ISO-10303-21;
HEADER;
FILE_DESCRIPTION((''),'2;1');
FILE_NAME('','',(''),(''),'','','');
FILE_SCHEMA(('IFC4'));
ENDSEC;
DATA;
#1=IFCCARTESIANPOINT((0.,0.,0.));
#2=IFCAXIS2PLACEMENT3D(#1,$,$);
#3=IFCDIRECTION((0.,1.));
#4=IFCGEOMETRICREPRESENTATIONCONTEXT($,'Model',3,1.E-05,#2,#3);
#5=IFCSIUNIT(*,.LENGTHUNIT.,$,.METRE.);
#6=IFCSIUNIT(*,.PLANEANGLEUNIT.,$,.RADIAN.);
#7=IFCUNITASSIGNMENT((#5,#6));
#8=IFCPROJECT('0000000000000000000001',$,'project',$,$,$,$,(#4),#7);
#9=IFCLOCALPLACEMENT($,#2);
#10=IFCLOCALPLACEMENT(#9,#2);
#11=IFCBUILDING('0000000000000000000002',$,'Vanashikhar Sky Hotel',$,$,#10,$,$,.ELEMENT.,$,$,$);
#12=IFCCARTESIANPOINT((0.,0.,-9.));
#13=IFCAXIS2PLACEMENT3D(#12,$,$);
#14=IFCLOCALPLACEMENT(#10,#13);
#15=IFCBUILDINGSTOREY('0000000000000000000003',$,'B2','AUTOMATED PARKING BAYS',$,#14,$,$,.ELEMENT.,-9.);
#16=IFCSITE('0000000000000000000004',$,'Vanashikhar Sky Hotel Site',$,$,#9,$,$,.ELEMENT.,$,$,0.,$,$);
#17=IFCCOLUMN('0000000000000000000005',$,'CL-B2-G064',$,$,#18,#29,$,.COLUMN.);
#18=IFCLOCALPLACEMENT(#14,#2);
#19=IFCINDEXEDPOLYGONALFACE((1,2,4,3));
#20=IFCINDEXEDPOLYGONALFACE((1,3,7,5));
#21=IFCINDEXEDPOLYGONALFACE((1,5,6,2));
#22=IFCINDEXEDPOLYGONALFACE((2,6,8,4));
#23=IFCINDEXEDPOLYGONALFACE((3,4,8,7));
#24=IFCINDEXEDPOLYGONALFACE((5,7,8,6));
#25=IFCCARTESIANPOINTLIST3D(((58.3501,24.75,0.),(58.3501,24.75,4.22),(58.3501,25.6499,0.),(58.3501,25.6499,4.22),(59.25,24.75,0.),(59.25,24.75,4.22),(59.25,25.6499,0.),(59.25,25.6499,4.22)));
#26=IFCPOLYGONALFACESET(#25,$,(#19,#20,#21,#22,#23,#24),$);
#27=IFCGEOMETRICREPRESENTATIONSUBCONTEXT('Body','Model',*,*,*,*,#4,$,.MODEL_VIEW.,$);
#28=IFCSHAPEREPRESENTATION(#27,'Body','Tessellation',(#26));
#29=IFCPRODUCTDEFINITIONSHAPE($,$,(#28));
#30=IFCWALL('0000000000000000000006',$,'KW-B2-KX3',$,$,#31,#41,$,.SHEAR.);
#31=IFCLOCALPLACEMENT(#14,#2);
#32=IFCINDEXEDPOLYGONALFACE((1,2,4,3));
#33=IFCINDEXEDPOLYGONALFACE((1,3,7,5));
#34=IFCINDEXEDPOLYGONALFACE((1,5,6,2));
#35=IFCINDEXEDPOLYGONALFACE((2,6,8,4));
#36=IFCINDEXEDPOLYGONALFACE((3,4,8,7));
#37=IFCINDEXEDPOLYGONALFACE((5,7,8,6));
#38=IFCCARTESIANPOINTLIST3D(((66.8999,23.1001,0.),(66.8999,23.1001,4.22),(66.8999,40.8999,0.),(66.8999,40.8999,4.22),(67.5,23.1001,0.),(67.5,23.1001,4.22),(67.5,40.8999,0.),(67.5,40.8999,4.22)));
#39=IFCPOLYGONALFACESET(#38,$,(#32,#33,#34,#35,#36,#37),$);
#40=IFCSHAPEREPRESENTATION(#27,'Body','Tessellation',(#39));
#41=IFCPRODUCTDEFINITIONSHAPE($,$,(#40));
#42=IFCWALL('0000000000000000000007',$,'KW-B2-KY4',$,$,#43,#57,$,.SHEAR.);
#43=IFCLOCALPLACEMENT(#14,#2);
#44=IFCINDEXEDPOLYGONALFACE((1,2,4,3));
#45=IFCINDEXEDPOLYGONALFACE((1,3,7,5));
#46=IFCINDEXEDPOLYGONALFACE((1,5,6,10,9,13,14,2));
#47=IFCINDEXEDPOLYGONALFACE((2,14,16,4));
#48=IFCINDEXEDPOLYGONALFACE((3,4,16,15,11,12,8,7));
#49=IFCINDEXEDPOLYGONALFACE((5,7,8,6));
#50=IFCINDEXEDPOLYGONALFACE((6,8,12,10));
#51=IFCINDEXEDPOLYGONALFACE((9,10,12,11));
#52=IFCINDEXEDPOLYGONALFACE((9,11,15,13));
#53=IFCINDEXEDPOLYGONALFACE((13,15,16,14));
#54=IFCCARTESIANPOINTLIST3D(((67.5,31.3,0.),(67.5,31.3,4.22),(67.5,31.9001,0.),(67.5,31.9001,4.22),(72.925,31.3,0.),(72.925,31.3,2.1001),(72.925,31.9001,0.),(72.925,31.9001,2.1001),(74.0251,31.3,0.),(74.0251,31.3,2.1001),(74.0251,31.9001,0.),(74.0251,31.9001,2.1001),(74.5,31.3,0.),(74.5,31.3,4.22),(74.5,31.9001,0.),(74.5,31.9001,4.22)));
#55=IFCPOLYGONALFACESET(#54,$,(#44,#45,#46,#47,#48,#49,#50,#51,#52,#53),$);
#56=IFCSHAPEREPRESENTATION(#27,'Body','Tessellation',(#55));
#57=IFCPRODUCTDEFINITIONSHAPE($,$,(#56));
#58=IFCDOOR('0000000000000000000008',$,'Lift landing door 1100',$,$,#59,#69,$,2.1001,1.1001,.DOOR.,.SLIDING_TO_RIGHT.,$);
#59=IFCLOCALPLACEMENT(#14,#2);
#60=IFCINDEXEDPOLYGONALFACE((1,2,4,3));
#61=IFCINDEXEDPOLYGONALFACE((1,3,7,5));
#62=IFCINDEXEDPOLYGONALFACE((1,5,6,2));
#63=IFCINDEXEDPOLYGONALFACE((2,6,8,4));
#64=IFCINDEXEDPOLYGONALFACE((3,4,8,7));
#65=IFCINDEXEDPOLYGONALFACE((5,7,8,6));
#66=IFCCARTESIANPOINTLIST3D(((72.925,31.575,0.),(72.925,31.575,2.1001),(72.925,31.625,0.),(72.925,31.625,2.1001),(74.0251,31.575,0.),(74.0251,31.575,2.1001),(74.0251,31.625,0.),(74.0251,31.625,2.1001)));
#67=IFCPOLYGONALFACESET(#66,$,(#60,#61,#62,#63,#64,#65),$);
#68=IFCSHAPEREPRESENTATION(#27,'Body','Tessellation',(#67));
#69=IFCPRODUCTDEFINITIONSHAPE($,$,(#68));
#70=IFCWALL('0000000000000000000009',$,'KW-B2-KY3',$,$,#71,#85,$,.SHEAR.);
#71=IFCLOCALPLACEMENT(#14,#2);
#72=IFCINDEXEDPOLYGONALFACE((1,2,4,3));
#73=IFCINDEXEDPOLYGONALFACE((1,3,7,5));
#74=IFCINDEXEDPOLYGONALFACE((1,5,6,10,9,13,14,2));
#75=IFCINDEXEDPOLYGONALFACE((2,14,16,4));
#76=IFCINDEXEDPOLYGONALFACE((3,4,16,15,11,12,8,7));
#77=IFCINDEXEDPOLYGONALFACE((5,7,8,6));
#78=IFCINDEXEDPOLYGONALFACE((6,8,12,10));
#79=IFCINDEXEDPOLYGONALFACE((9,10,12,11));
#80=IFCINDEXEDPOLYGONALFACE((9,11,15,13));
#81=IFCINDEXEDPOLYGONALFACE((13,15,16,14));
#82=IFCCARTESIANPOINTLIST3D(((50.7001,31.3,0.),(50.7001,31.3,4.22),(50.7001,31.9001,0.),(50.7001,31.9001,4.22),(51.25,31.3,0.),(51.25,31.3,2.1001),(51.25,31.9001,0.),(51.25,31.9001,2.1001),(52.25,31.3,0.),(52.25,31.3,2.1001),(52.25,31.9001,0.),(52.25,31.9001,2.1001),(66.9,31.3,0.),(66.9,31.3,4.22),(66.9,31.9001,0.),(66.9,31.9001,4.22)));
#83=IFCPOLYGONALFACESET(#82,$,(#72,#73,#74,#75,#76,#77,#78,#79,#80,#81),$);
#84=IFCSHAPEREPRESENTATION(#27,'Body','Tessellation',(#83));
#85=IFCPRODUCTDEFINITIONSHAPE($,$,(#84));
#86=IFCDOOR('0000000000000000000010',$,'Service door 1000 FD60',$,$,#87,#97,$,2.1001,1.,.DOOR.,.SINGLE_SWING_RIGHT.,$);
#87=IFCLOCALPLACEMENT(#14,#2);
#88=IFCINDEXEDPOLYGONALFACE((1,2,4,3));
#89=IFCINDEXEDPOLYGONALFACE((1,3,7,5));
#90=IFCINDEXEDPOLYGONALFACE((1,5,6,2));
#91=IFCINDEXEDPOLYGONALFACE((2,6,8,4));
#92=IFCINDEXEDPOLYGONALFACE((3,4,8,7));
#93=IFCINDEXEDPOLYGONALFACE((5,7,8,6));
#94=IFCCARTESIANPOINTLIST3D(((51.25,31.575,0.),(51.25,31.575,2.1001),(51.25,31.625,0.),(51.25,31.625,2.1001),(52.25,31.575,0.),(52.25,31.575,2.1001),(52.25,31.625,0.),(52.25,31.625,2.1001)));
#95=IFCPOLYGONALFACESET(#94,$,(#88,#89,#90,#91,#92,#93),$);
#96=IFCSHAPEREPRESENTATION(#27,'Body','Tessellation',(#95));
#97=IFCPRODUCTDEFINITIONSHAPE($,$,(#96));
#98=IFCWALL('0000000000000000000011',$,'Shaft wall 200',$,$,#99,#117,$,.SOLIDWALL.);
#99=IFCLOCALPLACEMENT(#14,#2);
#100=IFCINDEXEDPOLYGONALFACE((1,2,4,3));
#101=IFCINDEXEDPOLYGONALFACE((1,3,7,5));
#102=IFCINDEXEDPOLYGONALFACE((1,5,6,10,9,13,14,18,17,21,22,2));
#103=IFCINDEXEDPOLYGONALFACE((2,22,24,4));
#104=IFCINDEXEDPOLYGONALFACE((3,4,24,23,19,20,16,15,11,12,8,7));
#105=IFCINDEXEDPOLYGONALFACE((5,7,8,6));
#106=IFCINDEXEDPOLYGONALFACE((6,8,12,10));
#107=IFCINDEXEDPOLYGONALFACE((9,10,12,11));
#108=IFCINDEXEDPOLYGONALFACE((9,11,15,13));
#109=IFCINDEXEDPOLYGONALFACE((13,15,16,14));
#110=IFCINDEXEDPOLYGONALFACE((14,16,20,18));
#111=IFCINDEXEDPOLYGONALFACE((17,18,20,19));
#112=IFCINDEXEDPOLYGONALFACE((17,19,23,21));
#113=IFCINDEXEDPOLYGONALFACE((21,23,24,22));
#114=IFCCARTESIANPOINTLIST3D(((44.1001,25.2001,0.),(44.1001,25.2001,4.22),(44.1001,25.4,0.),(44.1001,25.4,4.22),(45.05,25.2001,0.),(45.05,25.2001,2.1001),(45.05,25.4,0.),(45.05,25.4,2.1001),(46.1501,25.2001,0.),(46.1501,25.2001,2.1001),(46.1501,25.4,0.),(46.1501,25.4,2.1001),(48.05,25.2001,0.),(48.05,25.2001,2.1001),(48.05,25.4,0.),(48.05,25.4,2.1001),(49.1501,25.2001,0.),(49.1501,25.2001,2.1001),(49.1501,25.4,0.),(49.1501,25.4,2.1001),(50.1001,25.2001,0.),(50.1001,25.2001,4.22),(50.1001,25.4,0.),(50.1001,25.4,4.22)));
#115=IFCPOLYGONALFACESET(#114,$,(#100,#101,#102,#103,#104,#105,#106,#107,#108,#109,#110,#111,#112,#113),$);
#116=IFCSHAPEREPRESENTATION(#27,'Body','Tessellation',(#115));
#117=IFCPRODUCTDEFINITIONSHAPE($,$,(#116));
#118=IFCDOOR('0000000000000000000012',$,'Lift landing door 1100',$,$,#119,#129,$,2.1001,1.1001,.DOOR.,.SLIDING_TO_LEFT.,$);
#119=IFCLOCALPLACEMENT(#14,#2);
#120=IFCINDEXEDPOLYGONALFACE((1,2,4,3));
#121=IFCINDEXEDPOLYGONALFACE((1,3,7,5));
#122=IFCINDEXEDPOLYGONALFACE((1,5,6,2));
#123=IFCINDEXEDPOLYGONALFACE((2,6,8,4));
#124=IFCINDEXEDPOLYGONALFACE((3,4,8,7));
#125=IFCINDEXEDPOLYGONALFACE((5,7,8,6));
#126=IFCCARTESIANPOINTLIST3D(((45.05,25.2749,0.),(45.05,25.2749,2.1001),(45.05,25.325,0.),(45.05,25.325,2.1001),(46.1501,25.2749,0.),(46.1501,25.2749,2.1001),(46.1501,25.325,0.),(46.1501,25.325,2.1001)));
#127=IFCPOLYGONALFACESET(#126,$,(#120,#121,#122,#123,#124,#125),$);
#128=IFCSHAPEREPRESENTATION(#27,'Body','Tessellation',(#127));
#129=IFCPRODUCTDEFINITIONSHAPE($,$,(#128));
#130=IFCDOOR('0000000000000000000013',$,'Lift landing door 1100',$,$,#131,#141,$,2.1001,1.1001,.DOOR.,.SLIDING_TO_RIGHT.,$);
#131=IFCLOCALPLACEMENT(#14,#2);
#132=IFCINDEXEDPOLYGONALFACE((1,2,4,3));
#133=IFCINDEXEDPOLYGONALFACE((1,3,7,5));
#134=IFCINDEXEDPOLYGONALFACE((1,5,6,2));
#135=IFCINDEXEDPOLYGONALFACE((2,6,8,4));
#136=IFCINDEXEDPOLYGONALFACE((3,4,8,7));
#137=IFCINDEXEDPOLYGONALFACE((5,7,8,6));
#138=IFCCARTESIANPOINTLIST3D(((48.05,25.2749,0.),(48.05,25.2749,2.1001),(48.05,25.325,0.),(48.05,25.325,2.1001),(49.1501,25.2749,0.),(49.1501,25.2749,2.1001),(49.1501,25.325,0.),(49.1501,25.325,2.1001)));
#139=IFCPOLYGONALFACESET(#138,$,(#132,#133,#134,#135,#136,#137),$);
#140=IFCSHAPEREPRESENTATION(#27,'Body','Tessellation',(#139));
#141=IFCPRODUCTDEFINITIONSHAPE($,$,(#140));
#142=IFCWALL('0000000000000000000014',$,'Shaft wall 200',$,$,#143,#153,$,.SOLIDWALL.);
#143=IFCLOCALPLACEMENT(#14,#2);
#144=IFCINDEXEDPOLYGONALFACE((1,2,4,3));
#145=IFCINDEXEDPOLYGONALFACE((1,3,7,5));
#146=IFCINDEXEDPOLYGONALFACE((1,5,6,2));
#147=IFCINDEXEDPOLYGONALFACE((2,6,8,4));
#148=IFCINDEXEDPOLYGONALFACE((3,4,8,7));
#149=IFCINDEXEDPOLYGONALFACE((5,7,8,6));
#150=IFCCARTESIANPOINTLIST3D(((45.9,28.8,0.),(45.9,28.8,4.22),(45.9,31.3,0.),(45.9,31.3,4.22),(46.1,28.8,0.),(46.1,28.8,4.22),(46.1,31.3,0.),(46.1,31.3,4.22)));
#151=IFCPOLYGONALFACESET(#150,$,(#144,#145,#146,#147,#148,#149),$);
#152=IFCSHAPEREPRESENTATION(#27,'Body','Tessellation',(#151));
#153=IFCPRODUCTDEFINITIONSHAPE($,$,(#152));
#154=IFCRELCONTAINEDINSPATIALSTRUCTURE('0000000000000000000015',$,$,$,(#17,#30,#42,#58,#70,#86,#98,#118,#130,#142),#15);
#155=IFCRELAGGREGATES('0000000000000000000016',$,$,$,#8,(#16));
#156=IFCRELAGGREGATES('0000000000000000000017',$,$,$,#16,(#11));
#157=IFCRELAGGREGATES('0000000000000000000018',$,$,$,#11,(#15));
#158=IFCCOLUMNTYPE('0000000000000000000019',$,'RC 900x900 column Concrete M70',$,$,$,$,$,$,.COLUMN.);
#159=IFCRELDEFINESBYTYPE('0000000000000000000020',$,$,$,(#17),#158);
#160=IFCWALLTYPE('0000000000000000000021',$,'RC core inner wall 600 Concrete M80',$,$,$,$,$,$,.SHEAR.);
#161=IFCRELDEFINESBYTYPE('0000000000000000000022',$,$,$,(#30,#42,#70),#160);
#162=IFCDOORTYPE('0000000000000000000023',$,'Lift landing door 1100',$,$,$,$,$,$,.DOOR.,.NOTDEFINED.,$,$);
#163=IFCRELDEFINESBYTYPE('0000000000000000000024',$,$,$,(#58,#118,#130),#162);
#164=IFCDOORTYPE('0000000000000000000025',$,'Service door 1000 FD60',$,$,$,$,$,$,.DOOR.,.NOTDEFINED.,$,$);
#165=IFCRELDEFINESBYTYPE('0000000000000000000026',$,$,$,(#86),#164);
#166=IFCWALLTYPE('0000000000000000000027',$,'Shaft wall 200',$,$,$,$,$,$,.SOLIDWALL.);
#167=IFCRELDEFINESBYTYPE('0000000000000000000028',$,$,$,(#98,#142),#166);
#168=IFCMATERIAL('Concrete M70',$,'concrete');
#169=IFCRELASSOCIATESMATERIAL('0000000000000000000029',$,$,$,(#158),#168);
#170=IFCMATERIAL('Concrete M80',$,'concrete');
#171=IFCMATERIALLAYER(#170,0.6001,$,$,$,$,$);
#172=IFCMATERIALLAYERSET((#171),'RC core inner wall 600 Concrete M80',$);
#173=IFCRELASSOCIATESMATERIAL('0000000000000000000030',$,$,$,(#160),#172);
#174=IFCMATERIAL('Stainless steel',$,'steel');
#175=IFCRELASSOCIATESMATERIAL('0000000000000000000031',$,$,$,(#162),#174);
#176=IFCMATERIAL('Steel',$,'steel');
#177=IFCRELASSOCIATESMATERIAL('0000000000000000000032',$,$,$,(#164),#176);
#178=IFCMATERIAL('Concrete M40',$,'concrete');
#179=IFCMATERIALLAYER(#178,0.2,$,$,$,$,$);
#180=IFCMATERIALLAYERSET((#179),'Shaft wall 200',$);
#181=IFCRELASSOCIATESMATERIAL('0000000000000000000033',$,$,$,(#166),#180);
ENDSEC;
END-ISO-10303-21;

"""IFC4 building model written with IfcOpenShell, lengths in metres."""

from ifc_helpers import new_model, si_unit, direction, frame, frame_2d, origin, origin_2d, place, context, subcontext, project, spatial, rectangle, extrude, source, transform, mapped, material, layer, layer_set, material_profile, profile_set, type_object, element, fill, save


model = new_model("IFC4")

# Units and contexts
model_context = context("Model", 3, precision=1e-05, world=origin(), true_north=direction((0.0, 1.0)))
body_context = subcontext(model_context, "Body", "Model", "MODEL_VIEW")
ifc_project = project(units=[si_unit("LENGTHUNIT", "METRE"), si_unit("PLANEANGLEUNIT", "RADIAN")], contexts=[model_context])

# Site, building, storey
site_placement = place(None, origin())
site = spatial("IfcSite", under=ifc_project, at=site_placement, Name="Vanashikhar Sky Hotel Site", CompositionType="ELEMENT", RefElevation=0.0)
building_placement = place(site_placement, origin())
building = spatial("IfcBuilding", under=site, at=building_placement, Name="Vanashikhar Sky Hotel", CompositionType="ELEMENT")
storey_placement = place(building_placement, frame((0.0, 0.0, -9.0)))
storey = spatial("IfcBuildingStorey", under=building, at=storey_placement, Name="B2", Description="AUTOMATED PARKING BAYS", CompositionType="ELEMENT", Elevation=-9.0)

# Column
ifc_material_1 = material(Name="Concrete M70", Category="concrete")
ifc_material_profile = material_profile(ifc_material_1, rectangle(XDim=0.8999, YDim=0.8999, at=origin_2d()))
ifc_profile_set = profile_set([ifc_material_profile], Name="RC 900x900 column Concrete M70")
column_type = type_object("IfcColumnType", Name="RC 900x900 column Concrete M70", PredefinedType="COLUMN", material=ifc_profile_set)
shared_shape_1 = source(origin(), body_context, "Body", "SweptSolid", [
    extrude(rectangle(XDim=0.8999, YDim=0.8999, at=origin_2d()), origin(), (0.0, 0.0, 1.0), 4.22),
])
column_placement = place(storey_placement, frame((58.8, 25.2, 0.0), z_axis=(0.0, 0.0, 1.0), x_axis=(1.0, 0.0, 0.0)))
element("IfcColumn", 1, at=column_placement, inside=storey, type_object=column_type, Name="CL-B2-G064", PredefinedType="COLUMN", context=body_context, shape_type="MappedRepresentation", body=[
    mapped(shared_shape_1, transform((0.0, 0.0, 0.0), scale=1.0)),
])

# Wall
ifc_material_2 = material(Name="Concrete M80", Category="concrete")
ifc_layer_1 = layer(ifc_material_2, 0.6001)
ifc_layer_set_1 = layer_set([ifc_layer_1], Name="RC core inner wall 600 Concrete M80")
wall_type_1 = type_object("IfcWallType", Name="RC core inner wall 600 Concrete M80", PredefinedType="SHEAR", material=ifc_layer_set_1)
shared_shape_2 = source(origin(), body_context, "Body", "SweptSolid", [
    extrude(rectangle(XDim=17.7998, YDim=0.6001, at=frame_2d((8.8999, 0.0))), origin(), (0.0, 0.0, 1.0), 4.22),
])
wall_1_placement = place(storey_placement, frame((67.2, 23.1001, 0.0), z_axis=(0.0, 0.0, 1.0), x_axis=(0.0, 1.0, 0.0)))
element("IfcWall", 2, at=wall_1_placement, inside=storey, type_object=wall_type_1, Name="KW-B2-KX3", PredefinedType="SHEAR", context=body_context, shape_type="MappedRepresentation", body=[
    mapped(shared_shape_2, transform((0.0, 0.0, 0.0), scale=1.0)),
])

# Walls, openings, doors
shared_shape_3 = source(origin(), body_context, "Body", "SweptSolid", [
    extrude(rectangle(XDim=7.0, YDim=0.6001, at=frame_2d((3.5, 0.0))), origin(), (0.0, 0.0, 1.0), 4.22),
])
wall_2_placement = place(storey_placement, frame((67.5, 31.6001, 0.0), z_axis=(0.0, 0.0, 1.0), x_axis=(1.0, 0.0, 0.0)))
wall_2 = element("IfcWall", 3, at=wall_2_placement, inside=storey, type_object=wall_type_1, Name="KW-B2-KY4", PredefinedType="SHEAR", context=body_context, shape_type="MappedRepresentation", body=[
    mapped(shared_shape_3, transform((0.0, 0.0, 0.0), scale=1.0)),
])
shared_shape_4 = source(origin(), body_context, "Body", "SweptSolid", [
    extrude(rectangle(XDim=1.1001, YDim=2.1001, at=frame_2d((0.55, 1.05))), frame((0.0, 0.3101, 0.0), z_axis=(0.0, -1.0, 0.0), x_axis=(1.0, 0.0, 0.0)), (0.0, 0.0, 1.0), 0.6201),
])
opening_1_placement = place(wall_2_placement, frame((5.425, 0.0, 0.0)))
opening_1 = element("IfcOpeningElement", 4, at=opening_1_placement, cuts=wall_2, PredefinedType="OPENING", context=body_context, shape_type="MappedRepresentation", body=[
    mapped(shared_shape_4, transform((0.0, 0.0, 0.0), scale=1.0)),
])
ifc_material_3 = material(Name="Stainless steel", Category="steel")
door_type_1 = type_object("IfcDoorType", Name="Lift landing door 1100", OperationType="NOTDEFINED", PredefinedType="DOOR", material=ifc_material_3)
shared_shape_5 = source(origin(), body_context, "Body", "SweptSolid", [
    extrude(rectangle(XDim=1.1001, YDim=2.1001, at=frame_2d((0.55, 1.05))), frame((0.0, 0.0249, 0.0), z_axis=(0.0, -1.0, 0.0), x_axis=(1.0, 0.0, 0.0)), (0.0, 0.0, 1.0), 0.05),
])
door_1_placement = place(opening_1_placement, origin())
door_1 = element("IfcDoor", 5, at=door_1_placement, inside=storey, type_object=door_type_1, Name="Lift landing door 1100", OperationType="SLIDING_TO_RIGHT", OverallHeight=2.1001, OverallWidth=1.1001, PredefinedType="DOOR", context=body_context, shape_type="MappedRepresentation", body=[
    mapped(shared_shape_5, transform((0.0, 0.0, 0.0), scale=1.0)),
])
fill(opening_1, door_1)
shared_shape_6 = source(origin(), body_context, "Body", "SweptSolid", [
    extrude(rectangle(XDim=16.2, YDim=0.6001, at=frame_2d((8.1001, 0.0))), origin(), (0.0, 0.0, 1.0), 4.22),
])
wall_3_placement = place(storey_placement, frame((50.7, 31.6001, 0.0), z_axis=(0.0, 0.0, 1.0), x_axis=(1.0, 0.0, 0.0)))
wall_3 = element("IfcWall", 6, at=wall_3_placement, inside=storey, type_object=wall_type_1, Name="KW-B2-KY3", PredefinedType="SHEAR", context=body_context, shape_type="MappedRepresentation", body=[
    mapped(shared_shape_6, transform((0.0, 0.0, 0.0), scale=1.0)),
])
shared_shape_7 = source(origin(), body_context, "Body", "SweptSolid", [
    extrude(rectangle(XDim=1.0, YDim=2.1001, at=frame_2d((0.5, 1.05))), frame((0.0, 0.3101, 0.0), z_axis=(0.0, -1.0, 0.0), x_axis=(1.0, 0.0, 0.0)), (0.0, 0.0, 1.0), 0.6201),
])
opening_2_placement = place(wall_3_placement, frame((0.55, 0.0, 0.0)))
opening_2 = element("IfcOpeningElement", 7, at=opening_2_placement, cuts=wall_3, PredefinedType="OPENING", context=body_context, shape_type="MappedRepresentation", body=[
    mapped(shared_shape_7, transform((0.0, 0.0, 0.0), scale=1.0)),
])
ifc_material_4 = material(Name="Steel", Category="steel")
door_type_2 = type_object("IfcDoorType", Name="Service door 1000 FD60", OperationType="NOTDEFINED", PredefinedType="DOOR", material=ifc_material_4)
shared_shape_8 = source(origin(), body_context, "Body", "SweptSolid", [
    extrude(rectangle(XDim=1.0, YDim=2.1001, at=frame_2d((0.5, 1.05))), frame((0.0, 0.0249, 0.0), z_axis=(0.0, -1.0, 0.0), x_axis=(1.0, 0.0, 0.0)), (0.0, 0.0, 1.0), 0.05),
])
door_2_placement = place(opening_2_placement, origin())
door_2 = element("IfcDoor", 8, at=door_2_placement, inside=storey, type_object=door_type_2, Name="Service door 1000 FD60", OperationType="SINGLE_SWING_RIGHT", OverallHeight=2.1001, OverallWidth=1.0, PredefinedType="DOOR", context=body_context, shape_type="MappedRepresentation", body=[
    mapped(shared_shape_8, transform((0.0, 0.0, 0.0), scale=1.0)),
])
fill(opening_2, door_2)

# Wall, openings, doors
ifc_material_5 = material(Name="Concrete M40", Category="concrete")
ifc_layer_2 = layer(ifc_material_5, 0.2)
ifc_layer_set_2 = layer_set([ifc_layer_2], Name="Shaft wall 200")
wall_type_2 = type_object("IfcWallType", Name="Shaft wall 200", PredefinedType="SOLIDWALL", material=ifc_layer_set_2)
shared_shape_9 = source(origin(), body_context, "Body", "SweptSolid", [
    extrude(rectangle(XDim=6.0, YDim=0.2, at=frame_2d((3.0, 0.0))), origin(), (0.0, 0.0, 1.0), 4.22),
])
wall_4_placement = place(storey_placement, frame((44.1001, 25.3, 0.0), z_axis=(0.0, 0.0, 1.0), x_axis=(1.0, 0.0, 0.0)))
wall_4 = element("IfcWall", 9, at=wall_4_placement, inside=storey, type_object=wall_type_2, Name="Shaft wall 200", PredefinedType="SOLIDWALL", context=body_context, shape_type="MappedRepresentation", body=[
    mapped(shared_shape_9, transform((0.0, 0.0, 0.0), scale=1.0)),
])
shared_shape_10 = source(origin(), body_context, "Body", "SweptSolid", [
    extrude(rectangle(XDim=1.1001, YDim=2.1001, at=frame_2d((0.55, 1.05))), frame((0.0, 0.1099, 0.0), z_axis=(0.0, -1.0, 0.0), x_axis=(1.0, 0.0, 0.0)), (0.0, 0.0, 1.0), 0.22),
])
opening_3_placement = place(wall_4_placement, frame((0.95, 0.0, 0.0)))
opening_3 = element("IfcOpeningElement", 10, at=opening_3_placement, cuts=wall_4, PredefinedType="OPENING", context=body_context, shape_type="MappedRepresentation", body=[
    mapped(shared_shape_10, transform((0.0, 0.0, 0.0), scale=1.0)),
])
opening_4_placement = place(wall_4_placement, frame((3.95, 0.0, 0.0)))
opening_4 = element("IfcOpeningElement", 11, at=opening_4_placement, cuts=wall_4, PredefinedType="OPENING", context=body_context, shape_type="MappedRepresentation", body=[
    mapped(shared_shape_10, transform((0.0, 0.0, 0.0), scale=1.0)),
])
door_3_placement = place(opening_3_placement, origin())
door_3 = element("IfcDoor", 12, at=door_3_placement, inside=storey, type_object=door_type_1, Name="Lift landing door 1100", OperationType="SLIDING_TO_LEFT", OverallHeight=2.1001, OverallWidth=1.1001, PredefinedType="DOOR", context=body_context, shape_type="MappedRepresentation", body=[
    mapped(shared_shape_5, transform((0.0, 0.0, 0.0), scale=1.0)),
])
fill(opening_3, door_3)
door_4_placement = place(opening_4_placement, origin())
door_4 = element("IfcDoor", 13, at=door_4_placement, inside=storey, type_object=door_type_1, Name="Lift landing door 1100", OperationType="SLIDING_TO_RIGHT", OverallHeight=2.1001, OverallWidth=1.1001, PredefinedType="DOOR", context=body_context, shape_type="MappedRepresentation", body=[
    mapped(shared_shape_5, transform((0.0, 0.0, 0.0), scale=1.0)),
])
fill(opening_4, door_4)

# Wall
shared_shape_11 = source(origin(), body_context, "Body", "SweptSolid", [
    extrude(rectangle(XDim=2.5, YDim=0.2, at=frame_2d((1.25, 0.0))), origin(), (0.0, 0.0, 1.0), 4.22),
])
wall_5_placement = place(storey_placement, frame((46.0, 28.8, 0.0), z_axis=(0.0, 0.0, 1.0), x_axis=(0.0, 1.0, 0.0)))
element("IfcWall", 14, at=wall_5_placement, inside=storey, type_object=wall_type_2, Name="Shaft wall 200", PredefinedType="SOLIDWALL", context=body_context, shape_type="MappedRepresentation", body=[
    mapped(shared_shape_11, transform((0.0, 0.0, 0.0), scale=1.0)),
])

save(model, "model.ifc")
